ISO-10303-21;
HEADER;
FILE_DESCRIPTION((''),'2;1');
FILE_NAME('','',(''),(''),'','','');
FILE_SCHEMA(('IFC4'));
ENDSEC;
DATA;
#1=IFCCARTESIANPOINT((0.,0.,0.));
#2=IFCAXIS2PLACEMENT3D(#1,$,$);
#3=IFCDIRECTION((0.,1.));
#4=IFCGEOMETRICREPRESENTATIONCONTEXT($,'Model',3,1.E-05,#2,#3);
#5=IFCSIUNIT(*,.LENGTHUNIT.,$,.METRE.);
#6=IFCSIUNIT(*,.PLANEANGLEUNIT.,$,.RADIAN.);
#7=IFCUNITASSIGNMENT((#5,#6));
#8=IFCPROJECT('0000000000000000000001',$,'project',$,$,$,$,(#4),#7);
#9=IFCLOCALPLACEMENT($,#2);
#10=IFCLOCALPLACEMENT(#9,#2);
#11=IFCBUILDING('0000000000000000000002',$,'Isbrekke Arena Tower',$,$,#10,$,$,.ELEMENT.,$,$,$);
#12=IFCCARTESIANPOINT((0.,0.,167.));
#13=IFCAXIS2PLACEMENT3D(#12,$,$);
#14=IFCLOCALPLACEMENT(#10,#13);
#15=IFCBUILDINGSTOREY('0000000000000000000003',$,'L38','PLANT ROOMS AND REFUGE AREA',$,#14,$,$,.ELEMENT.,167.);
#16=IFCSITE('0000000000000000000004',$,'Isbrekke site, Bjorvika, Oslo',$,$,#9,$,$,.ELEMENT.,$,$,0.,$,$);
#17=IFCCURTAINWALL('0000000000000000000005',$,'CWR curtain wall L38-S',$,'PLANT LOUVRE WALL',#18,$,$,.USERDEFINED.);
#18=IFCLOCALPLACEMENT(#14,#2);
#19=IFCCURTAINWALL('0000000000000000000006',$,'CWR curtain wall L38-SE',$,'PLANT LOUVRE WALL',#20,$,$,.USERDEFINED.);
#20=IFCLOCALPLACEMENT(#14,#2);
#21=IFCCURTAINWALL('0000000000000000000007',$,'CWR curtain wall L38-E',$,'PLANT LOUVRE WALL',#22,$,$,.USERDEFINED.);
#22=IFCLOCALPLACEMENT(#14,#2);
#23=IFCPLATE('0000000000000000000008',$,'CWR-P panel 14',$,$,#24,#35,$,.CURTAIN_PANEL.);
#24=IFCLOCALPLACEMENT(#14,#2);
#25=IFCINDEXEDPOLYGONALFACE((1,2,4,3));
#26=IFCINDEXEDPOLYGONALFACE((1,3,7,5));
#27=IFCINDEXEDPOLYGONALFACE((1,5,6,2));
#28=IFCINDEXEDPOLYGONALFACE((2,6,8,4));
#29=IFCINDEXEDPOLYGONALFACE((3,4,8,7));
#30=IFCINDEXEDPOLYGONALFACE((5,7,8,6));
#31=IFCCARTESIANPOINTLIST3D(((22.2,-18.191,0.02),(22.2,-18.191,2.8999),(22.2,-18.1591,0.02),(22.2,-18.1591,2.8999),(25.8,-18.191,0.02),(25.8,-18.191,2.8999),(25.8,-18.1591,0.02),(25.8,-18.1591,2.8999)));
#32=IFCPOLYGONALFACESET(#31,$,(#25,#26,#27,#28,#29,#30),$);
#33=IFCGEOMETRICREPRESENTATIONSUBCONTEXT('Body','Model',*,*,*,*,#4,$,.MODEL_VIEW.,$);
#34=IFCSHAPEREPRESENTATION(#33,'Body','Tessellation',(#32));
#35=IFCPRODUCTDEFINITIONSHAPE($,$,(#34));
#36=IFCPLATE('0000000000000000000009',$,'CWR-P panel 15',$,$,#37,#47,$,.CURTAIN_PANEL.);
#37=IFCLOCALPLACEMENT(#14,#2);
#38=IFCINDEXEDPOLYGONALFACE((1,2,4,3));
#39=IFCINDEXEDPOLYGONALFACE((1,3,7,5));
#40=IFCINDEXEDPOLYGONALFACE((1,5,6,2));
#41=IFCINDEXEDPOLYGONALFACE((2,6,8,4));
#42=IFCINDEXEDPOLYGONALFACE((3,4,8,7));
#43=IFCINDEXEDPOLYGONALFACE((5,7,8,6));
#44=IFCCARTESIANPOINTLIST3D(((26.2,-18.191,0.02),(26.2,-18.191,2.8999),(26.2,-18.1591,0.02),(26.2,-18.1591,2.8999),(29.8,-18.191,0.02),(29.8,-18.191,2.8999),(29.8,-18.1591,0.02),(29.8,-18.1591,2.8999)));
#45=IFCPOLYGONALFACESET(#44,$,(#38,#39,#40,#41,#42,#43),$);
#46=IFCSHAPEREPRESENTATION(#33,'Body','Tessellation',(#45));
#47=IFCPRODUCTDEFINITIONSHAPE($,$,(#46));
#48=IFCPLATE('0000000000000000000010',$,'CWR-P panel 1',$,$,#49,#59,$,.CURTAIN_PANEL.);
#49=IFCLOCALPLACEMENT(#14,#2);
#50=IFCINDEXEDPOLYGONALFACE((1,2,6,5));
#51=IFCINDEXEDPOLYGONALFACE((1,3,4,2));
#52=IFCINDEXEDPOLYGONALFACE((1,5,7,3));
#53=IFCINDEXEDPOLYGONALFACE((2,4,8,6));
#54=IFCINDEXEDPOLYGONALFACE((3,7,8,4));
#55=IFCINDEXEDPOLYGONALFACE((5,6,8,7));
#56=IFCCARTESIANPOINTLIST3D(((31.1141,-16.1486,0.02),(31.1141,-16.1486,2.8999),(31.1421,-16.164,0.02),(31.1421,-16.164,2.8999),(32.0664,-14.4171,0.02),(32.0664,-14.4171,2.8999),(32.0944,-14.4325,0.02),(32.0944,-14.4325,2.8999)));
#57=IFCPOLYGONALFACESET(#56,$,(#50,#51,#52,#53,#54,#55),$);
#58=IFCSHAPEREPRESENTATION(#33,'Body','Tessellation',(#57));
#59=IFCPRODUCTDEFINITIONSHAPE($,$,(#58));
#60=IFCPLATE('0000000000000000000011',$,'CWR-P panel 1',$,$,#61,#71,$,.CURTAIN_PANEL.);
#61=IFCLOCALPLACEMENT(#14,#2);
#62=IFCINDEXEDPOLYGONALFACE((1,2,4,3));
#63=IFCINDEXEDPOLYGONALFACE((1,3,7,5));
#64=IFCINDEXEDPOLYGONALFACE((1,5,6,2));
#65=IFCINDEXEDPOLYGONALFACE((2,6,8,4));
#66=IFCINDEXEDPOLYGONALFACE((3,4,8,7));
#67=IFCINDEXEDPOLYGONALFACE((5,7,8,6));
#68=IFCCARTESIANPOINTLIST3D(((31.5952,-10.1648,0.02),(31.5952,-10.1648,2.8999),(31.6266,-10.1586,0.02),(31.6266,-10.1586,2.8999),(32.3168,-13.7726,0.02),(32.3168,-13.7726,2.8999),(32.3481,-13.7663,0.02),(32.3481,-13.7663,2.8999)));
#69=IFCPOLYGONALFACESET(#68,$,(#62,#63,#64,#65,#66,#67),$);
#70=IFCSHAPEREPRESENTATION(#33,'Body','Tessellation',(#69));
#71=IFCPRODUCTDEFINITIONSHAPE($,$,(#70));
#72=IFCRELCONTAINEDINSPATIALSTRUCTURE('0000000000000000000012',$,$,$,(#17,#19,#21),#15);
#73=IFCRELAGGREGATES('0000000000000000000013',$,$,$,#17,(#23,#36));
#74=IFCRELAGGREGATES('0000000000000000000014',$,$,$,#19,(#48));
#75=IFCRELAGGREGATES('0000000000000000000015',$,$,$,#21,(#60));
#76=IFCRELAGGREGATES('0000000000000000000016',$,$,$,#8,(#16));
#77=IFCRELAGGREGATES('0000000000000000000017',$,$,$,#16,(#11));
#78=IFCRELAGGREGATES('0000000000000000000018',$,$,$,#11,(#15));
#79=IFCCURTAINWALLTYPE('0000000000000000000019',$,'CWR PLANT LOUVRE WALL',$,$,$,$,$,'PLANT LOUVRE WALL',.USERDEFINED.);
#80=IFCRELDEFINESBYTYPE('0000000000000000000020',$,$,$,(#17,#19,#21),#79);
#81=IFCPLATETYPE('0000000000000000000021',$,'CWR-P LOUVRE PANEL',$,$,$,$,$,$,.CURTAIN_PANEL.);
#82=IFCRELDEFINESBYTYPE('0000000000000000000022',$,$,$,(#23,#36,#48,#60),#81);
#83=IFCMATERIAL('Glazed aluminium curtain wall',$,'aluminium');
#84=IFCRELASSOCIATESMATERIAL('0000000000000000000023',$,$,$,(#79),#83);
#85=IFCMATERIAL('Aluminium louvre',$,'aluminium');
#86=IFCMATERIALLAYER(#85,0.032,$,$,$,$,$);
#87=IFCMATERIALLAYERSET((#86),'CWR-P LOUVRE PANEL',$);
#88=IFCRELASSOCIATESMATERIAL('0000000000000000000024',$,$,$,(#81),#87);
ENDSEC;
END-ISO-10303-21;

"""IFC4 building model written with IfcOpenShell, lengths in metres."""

from ifc_helpers import new_model, si_unit, direction, frame, origin, origin_2d, place, context, subcontext, project, spatial, rectangle, extrude, material, layer, layer_set, type_object, element, aggregate, save


model = new_model("IFC4")

# Units and contexts
model_context = context("Model", 3, precision=1e-05, world=origin(), true_north=direction((0.0, 1.0)))
body_context = subcontext(model_context, "Body", "Model", "MODEL_VIEW")
ifc_project = project(units=[si_unit("LENGTHUNIT", "METRE"), si_unit("PLANEANGLEUNIT", "RADIAN")], contexts=[model_context])

# Site, building, storey
site_placement = place(None, origin())
site = spatial("IfcSite", under=ifc_project, at=site_placement, Name="Isbrekke site, Bjorvika, Oslo", CompositionType="ELEMENT", RefElevation=0.0)
building_placement = place(site_placement, origin())
building = spatial("IfcBuilding", under=site, at=building_placement, Name="Isbrekke Arena Tower", CompositionType="ELEMENT")
storey_placement = place(building_placement, frame((0.0, 0.0, 167.0)))
storey = spatial("IfcBuildingStorey", under=building, at=storey_placement, Name="L38", Description="PLANT ROOMS AND REFUGE AREA", CompositionType="ELEMENT", Elevation=167.0)

# Curtain walls
ifc_material_1 = material(Name="Glazed aluminium curtain wall", Category="aluminium")
curtain_wall_type = type_object("IfcCurtainWallType", Name="CWR PLANT LOUVRE WALL", ElementType="PLANT LOUVRE WALL", PredefinedType="USERDEFINED", material=ifc_material_1)
curtain_wall_1_placement = place(storey_placement, origin())
curtain_wall_1 = element("IfcCurtainWall", 1, at=curtain_wall_1_placement, inside=storey, type_object=curtain_wall_type, Name="CWR curtain wall L38-S", ObjectType="PLANT LOUVRE WALL", PredefinedType="USERDEFINED")
curtain_wall_2_placement = place(storey_placement, origin())
curtain_wall_2 = element("IfcCurtainWall", 2, at=curtain_wall_2_placement, inside=storey, type_object=curtain_wall_type, Name="CWR curtain wall L38-SE", ObjectType="PLANT LOUVRE WALL", PredefinedType="USERDEFINED")

# Curtain wall
curtain_wall_3_placement = place(storey_placement, origin())
curtain_wall_3 = element("IfcCurtainWall", 3, at=curtain_wall_3_placement, inside=storey, type_object=curtain_wall_type, Name="CWR curtain wall L38-E", ObjectType="PLANT LOUVRE WALL", PredefinedType="USERDEFINED")

# Plates
ifc_material_2 = material(Name="Aluminium louvre", Category="aluminium")
ifc_layer = layer(ifc_material_2, 0.032)
ifc_layer_set = layer_set([ifc_layer], Name="CWR-P LOUVRE PANEL")
plate_type = type_object("IfcPlateType", Name="CWR-P LOUVRE PANEL", PredefinedType="CURTAIN_PANEL", material=ifc_layer_set)
plate_1_placement = place(storey_placement, frame((24.0, -18.175, 0.02), z_axis=(0.0, 0.0, 1.0), x_axis=(1.0, 0.0, 0.0)))
plate_1 = element("IfcPlate", 4, at=plate_1_placement, type_object=plate_type, Name="CWR-P panel 14", PredefinedType="CURTAIN_PANEL", context=body_context, shape_type="SweptSolid", body=[
    extrude(rectangle(XDim=3.6001, YDim=0.032, at=origin_2d()), origin(), (0.0, 0.0, 1.0), 2.8799),
])
plate_2_placement = place(storey_placement, frame((28.0, -18.175, 0.02), z_axis=(0.0, 0.0, 1.0), x_axis=(1.0, 0.0, 0.0)))
plate_2 = element("IfcPlate", 5, at=plate_2_placement, type_object=plate_type, Name="CWR-P panel 15", PredefinedType="CURTAIN_PANEL", context=body_context, shape_type="SweptSolid", body=[
    extrude(rectangle(XDim=3.6001, YDim=0.032, at=origin_2d()), origin(), (0.0, 0.0, 1.0), 2.8799),
])
aggregate(curtain_wall_1, [plate_1, plate_2])
plate_3_placement = place(storey_placement, frame((31.6042, -15.2905, 0.02), z_axis=(0.0, 0.0, 1.0), x_axis=(0.481919, 0.876216, 0.0)))
plate_3 = element("IfcPlate", 6, at=plate_3_placement, type_object=plate_type, Name="CWR-P panel 1", PredefinedType="CURTAIN_PANEL", context=body_context, shape_type="SweptSolid", body=[
    extrude(rectangle(XDim=1.9761, YDim=0.032, at=origin_2d()), origin(), (0.0, 0.0, 1.0), 2.8799),
])
aggregate(curtain_wall_2, [plate_3])
plate_4_placement = place(storey_placement, frame((31.9717, -11.9656, 0.02), z_axis=(0.0, 0.0, 1.0), x_axis=(-0.196116, 0.980581, 0.0)))
plate_4 = element("IfcPlate", 7, at=plate_4_placement, type_object=plate_type, Name="CWR-P panel 1", PredefinedType="CURTAIN_PANEL", context=body_context, shape_type="SweptSolid", body=[
    extrude(rectangle(XDim=3.6792, YDim=0.032, at=origin_2d()), origin(), (0.0, 0.0, 1.0), 2.8799),
])
aggregate(curtain_wall_3, [plate_4])

save(model, "model.ifc")
